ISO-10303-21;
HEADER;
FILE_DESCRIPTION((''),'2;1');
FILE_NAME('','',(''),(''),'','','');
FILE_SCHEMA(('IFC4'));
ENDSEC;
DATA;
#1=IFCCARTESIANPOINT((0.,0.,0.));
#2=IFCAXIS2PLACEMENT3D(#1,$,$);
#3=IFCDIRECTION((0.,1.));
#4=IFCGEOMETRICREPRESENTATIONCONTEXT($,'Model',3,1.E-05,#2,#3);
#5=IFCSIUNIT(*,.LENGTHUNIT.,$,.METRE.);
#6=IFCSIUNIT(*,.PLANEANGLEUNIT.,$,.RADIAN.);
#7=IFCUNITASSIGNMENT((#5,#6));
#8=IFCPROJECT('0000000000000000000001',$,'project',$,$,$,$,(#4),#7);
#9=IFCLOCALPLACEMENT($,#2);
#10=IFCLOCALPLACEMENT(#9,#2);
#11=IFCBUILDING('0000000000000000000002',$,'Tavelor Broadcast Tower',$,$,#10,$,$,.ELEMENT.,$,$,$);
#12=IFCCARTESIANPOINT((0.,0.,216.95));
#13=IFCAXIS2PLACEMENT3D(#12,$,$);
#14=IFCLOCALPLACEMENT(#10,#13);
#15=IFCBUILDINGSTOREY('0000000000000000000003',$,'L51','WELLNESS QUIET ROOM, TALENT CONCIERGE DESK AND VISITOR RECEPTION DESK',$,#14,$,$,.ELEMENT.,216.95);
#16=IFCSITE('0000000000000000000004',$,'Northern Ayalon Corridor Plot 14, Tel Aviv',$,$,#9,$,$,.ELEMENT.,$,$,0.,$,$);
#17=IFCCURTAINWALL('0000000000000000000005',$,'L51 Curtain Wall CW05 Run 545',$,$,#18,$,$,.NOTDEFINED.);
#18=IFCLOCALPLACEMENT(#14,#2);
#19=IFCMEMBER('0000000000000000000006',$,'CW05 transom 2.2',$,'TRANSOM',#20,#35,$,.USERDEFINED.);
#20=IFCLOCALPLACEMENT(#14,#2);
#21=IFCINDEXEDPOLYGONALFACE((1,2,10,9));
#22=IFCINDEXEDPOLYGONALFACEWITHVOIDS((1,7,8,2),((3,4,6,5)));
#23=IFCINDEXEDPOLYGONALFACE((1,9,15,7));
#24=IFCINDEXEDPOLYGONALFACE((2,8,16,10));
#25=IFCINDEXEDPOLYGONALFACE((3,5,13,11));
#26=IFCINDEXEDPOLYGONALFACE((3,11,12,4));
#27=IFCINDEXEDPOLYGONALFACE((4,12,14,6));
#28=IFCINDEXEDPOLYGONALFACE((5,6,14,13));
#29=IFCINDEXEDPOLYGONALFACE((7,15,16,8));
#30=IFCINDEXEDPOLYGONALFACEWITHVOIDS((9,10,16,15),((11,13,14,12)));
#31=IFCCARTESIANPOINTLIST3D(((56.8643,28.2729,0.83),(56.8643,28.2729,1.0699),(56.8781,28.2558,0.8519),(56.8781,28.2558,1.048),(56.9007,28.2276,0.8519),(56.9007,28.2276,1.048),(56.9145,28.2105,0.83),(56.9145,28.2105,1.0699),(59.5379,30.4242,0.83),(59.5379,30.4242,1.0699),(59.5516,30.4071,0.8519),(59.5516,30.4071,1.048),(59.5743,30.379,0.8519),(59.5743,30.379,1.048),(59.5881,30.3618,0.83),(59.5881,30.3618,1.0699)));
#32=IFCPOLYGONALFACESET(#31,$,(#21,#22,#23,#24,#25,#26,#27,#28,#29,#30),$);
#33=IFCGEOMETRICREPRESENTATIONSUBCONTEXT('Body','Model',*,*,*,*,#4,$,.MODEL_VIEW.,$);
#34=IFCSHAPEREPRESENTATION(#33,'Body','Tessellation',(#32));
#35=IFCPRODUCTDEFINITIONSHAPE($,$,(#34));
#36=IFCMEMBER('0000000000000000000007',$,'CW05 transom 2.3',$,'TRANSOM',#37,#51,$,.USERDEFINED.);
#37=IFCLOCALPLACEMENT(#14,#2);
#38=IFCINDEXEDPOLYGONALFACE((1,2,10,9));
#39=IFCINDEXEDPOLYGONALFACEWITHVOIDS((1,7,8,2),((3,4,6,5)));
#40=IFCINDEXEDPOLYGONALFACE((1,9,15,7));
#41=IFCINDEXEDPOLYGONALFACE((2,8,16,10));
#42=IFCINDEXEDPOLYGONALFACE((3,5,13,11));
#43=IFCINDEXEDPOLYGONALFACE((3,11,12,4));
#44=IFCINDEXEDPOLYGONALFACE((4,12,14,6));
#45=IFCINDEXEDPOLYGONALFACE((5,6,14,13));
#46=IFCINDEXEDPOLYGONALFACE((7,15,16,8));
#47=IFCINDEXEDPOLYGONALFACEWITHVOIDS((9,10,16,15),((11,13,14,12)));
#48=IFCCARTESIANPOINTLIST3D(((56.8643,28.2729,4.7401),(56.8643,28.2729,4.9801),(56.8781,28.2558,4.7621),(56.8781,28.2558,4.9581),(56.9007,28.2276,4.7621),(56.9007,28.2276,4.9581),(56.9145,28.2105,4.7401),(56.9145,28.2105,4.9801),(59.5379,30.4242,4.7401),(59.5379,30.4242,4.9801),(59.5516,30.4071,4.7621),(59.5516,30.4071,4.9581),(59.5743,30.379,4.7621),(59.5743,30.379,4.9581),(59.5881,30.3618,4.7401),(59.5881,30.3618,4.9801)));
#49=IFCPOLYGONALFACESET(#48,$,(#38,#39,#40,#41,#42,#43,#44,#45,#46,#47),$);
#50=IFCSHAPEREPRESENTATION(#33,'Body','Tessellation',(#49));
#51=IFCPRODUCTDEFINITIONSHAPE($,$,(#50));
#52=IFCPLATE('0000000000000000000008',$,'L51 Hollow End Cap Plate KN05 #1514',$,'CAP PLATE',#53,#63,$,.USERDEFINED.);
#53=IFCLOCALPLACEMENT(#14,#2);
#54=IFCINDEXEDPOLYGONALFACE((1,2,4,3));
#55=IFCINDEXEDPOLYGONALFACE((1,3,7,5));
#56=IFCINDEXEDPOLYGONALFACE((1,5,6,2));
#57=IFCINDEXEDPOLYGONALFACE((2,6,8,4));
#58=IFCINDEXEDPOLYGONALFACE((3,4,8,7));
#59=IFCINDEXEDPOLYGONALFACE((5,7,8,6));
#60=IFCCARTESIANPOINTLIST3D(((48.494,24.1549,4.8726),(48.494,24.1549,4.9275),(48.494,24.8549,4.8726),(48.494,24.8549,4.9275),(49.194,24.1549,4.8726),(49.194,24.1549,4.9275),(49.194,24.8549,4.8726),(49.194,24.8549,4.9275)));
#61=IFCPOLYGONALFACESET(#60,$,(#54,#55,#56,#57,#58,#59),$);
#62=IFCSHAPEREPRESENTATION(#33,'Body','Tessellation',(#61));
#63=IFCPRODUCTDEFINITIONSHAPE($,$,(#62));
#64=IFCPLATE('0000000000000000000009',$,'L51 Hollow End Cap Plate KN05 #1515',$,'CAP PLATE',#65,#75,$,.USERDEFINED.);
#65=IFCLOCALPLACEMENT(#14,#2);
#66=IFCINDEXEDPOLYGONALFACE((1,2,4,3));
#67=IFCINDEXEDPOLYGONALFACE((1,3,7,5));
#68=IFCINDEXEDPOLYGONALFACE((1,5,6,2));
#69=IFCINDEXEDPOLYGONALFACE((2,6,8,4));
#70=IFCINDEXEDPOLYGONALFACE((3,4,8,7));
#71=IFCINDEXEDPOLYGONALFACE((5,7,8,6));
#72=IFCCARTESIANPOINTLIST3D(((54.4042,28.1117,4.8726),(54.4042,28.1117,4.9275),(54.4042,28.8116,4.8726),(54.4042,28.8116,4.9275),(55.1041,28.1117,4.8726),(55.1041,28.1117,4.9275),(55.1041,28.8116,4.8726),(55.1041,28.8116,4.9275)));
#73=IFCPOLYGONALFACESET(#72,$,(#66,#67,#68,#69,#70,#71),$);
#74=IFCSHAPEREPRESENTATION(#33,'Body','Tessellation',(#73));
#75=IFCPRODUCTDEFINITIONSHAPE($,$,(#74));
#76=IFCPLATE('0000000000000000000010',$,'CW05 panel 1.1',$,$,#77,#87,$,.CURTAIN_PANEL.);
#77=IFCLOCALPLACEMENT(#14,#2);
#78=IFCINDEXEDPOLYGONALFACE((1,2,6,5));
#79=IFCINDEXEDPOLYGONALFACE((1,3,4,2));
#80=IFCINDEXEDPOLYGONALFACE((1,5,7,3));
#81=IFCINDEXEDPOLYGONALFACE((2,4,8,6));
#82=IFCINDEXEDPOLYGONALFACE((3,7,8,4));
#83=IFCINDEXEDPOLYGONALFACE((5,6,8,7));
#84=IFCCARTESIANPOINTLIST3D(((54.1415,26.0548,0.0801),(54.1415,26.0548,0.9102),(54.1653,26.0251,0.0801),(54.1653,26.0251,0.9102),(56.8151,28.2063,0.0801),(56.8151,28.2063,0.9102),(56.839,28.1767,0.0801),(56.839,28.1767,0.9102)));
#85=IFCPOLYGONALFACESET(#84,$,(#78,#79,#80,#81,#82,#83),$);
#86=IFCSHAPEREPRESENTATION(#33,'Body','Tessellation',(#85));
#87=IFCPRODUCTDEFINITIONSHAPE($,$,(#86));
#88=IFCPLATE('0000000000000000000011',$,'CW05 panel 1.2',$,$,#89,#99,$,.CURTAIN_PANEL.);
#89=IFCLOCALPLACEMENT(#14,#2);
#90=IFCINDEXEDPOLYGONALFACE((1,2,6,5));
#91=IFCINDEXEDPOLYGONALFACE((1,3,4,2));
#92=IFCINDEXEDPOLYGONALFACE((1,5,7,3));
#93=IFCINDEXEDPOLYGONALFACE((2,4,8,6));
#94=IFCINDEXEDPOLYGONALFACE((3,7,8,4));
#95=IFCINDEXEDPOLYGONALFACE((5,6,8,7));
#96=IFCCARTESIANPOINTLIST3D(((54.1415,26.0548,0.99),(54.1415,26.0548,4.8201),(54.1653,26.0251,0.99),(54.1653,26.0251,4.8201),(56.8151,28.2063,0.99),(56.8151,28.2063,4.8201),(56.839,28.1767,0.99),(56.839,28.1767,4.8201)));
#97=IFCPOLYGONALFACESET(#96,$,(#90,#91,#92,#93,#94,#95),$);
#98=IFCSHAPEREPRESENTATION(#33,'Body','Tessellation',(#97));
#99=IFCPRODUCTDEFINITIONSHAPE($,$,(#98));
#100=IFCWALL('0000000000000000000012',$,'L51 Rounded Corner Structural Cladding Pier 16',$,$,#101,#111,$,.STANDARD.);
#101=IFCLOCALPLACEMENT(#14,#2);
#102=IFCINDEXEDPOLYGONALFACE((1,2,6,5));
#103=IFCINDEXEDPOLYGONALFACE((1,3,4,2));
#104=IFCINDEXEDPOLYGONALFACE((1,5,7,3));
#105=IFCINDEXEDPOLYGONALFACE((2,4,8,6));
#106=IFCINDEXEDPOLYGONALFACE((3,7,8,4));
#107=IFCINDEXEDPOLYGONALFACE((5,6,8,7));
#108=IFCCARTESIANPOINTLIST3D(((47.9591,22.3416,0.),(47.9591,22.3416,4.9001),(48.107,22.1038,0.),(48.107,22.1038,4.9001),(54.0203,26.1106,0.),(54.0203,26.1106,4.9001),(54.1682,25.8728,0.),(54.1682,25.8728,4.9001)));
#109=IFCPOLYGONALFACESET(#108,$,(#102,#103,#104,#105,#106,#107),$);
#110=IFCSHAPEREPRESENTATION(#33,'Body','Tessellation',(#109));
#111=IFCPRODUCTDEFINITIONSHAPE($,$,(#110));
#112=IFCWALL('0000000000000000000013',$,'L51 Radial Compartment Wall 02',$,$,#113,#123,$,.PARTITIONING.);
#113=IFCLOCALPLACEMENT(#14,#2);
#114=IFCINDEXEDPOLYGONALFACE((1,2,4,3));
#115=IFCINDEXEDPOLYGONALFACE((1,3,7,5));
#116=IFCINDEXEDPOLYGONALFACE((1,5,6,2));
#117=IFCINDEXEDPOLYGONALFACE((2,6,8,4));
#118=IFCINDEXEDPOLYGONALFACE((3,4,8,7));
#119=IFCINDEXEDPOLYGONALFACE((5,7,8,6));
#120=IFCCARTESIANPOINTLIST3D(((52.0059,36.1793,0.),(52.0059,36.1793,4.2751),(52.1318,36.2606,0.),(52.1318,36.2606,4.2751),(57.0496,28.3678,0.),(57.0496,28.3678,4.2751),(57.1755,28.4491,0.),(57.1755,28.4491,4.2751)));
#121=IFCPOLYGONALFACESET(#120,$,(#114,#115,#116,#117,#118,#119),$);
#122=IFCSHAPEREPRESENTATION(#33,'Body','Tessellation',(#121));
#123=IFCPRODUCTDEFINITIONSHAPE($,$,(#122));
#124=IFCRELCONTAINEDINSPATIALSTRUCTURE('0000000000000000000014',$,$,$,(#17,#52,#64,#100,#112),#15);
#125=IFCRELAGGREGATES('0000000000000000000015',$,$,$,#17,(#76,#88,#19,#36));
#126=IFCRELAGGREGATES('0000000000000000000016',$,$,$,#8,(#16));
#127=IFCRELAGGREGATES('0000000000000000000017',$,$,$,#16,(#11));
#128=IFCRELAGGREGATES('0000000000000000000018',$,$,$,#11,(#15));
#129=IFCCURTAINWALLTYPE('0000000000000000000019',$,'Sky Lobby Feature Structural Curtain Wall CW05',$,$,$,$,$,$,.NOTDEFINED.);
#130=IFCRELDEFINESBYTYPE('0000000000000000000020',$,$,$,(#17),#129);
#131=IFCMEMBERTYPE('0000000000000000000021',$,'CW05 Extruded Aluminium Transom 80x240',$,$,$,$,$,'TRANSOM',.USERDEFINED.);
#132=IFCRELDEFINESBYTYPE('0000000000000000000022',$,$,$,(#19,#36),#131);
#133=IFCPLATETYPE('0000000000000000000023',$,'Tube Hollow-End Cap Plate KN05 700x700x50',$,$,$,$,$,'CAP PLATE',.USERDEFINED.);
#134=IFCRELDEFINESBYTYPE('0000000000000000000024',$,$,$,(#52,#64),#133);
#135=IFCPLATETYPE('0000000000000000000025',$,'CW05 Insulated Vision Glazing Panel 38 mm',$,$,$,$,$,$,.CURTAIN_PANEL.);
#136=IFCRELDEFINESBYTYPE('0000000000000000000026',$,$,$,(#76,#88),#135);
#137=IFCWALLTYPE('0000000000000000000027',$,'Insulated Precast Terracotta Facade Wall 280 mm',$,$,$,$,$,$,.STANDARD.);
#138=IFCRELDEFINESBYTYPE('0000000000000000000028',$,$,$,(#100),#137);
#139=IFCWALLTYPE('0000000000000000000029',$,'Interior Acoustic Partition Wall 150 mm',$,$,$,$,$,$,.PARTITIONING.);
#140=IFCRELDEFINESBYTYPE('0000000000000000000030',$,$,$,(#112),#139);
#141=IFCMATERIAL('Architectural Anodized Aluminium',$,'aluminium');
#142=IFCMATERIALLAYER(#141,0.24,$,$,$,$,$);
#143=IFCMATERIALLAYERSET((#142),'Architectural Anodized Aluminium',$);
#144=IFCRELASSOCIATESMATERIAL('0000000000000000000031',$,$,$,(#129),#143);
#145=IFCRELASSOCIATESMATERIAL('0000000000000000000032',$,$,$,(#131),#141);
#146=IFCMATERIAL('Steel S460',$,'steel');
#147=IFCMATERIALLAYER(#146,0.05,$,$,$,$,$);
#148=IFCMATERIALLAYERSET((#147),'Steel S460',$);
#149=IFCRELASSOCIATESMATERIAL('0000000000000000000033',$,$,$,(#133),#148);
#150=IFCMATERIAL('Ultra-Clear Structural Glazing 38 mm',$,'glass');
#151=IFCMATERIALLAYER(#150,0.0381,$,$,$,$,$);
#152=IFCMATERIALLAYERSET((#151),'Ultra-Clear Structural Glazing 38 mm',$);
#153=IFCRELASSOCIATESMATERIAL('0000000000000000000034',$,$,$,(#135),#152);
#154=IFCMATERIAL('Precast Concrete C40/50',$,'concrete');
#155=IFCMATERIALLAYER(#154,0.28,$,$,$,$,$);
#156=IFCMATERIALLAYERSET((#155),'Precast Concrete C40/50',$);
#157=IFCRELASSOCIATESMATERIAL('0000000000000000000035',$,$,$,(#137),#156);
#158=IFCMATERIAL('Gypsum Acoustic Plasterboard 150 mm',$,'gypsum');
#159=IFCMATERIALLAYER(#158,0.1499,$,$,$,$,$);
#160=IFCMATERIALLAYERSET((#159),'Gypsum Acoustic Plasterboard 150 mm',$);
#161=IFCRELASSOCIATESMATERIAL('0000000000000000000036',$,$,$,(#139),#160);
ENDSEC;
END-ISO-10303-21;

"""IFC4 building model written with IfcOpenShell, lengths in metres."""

from ifc_helpers import new_model, si_unit, direction, frame, frame_2d, origin, origin_2d, place, context, subcontext, project, spatial, rectangle, hollow_rectangle, extrude, source, transform, mapped, material, layer, layer_set, material_profile, profile_set, type_object, type_shapes, element, aggregate, save


model = new_model("IFC4")

# Units and contexts
model_context = context("Model", 3, precision=1e-05, world=origin(), true_north=direction((0.0, 1.0)))
body_context = subcontext(model_context, "Body", "Model", "MODEL_VIEW")
ifc_project = project(units=[si_unit("LENGTHUNIT", "METRE"), si_unit("PLANEANGLEUNIT", "RADIAN")], contexts=[model_context])

# Site, building, storey
site_placement = place(None, origin())
site = spatial("IfcSite", under=ifc_project, at=site_placement, Name="Northern Ayalon Corridor Plot 14, Tel Aviv", CompositionType="ELEMENT", RefElevation=0.0)
building_placement = place(site_placement, origin())
building = spatial("IfcBuilding", under=site, at=building_placement, Name="Tavelor Broadcast Tower", CompositionType="ELEMENT")
storey_placement = place(building_placement, frame((0.0, 0.0, 216.95)))
storey = spatial("IfcBuildingStorey", under=building, at=storey_placement, Name="L51", Description="WELLNESS QUIET ROOM, TALENT CONCIERGE DESK AND VISITOR RECEPTION DESK", CompositionType="ELEMENT", Elevation=216.95)

# Shared definitions
ifc_material_1 = material(Name="Steel S460", Category="steel")

# Curtain wall, members
ifc_material_2 = material(Name="Architectural Anodized Aluminium", Category="aluminium")
ifc_layer_1 = layer(ifc_material_2, 0.24)
ifc_layer_set_1 = layer_set([ifc_layer_1], Name="Architectural Anodized Aluminium")
curtain_wall_type = type_object("IfcCurtainWallType", Name="Sky Lobby Feature Structural Curtain Wall CW05", PredefinedType="NOTDEFINED", material=ifc_layer_set_1)
curtain_wall_placement = place(storey_placement, origin())
curtain_wall = element("IfcCurtainWall", 1, at=curtain_wall_placement, inside=storey, type_object=curtain_wall_type, Name="L51 Curtain Wall CW05 Run 545", PredefinedType="NOTDEFINED")
ifc_material_profile_1 = material_profile(ifc_material_2, hollow_rectangle(XDim=0.0801, YDim=0.24, WallThickness=0.022, at=origin_2d()), Name="RHS 80x240x22")
ifc_profile_set_1 = profile_set([ifc_material_profile_1], Name="Architectural Anodized Aluminium")
member_type_1 = type_object("IfcMemberType", Name="CW05 Extruded Aluminium Transom 80x240", ElementType="TRANSOM", PredefinedType="USERDEFINED", material=ifc_profile_set_1)
shared_shape_1 = source(origin(), body_context, "Body", "SweptSolid", [
    extrude(hollow_rectangle(XDim=0.0801, YDim=0.24, WallThickness=0.022, at=origin_2d()), origin(), (0.0, 0.0, 1.0), 3.4316),
])
member_1_placement = place(storey_placement, frame((56.8894, 28.2417, 0.95), z_axis=(0.779089, 0.626914, 0.0), x_axis=(-0.626914, 0.779089, 0.0)))
member_1 = element("IfcMember", 2, at=member_1_placement, type_object=member_type_1, Name="CW05 transom 2.2", ObjectType="TRANSOM", PredefinedType="USERDEFINED", context=body_context, shape_type="MappedRepresentation", body=[
    mapped(shared_shape_1, transform((0.0, 0.0, 0.0), scale=1.0)),
])
member_2_placement = place(storey_placement, frame((56.8894, 28.2417, 4.8601), z_axis=(0.779089, 0.626914, 0.0), x_axis=(-0.626914, 0.779089, 0.0)))
member_2 = element("IfcMember", 3, at=member_2_placement, type_object=member_type_1, Name="CW05 transom 2.3", ObjectType="TRANSOM", PredefinedType="USERDEFINED", context=body_context, shape_type="MappedRepresentation", body=[
    mapped(shared_shape_1, transform((0.0, 0.0, 0.0), scale=1.0)),
])

# Plates
ifc_layer_2 = layer(ifc_material_1, 0.05)
ifc_layer_set_2 = layer_set([ifc_layer_2], Name="Steel S460")
plate_type_1 = type_object("IfcPlateType", Name="Tube Hollow-End Cap Plate KN05 700x700x50", ElementType="CAP PLATE", PredefinedType="USERDEFINED", material=ifc_layer_set_2)
shared_shape_2 = source(origin(), body_context, "Body", "SweptSolid", [
    extrude(rectangle(XDim=0.7, YDim=0.7, at=origin_2d()), origin(), (0.0, 0.0, 1.0), 0.0549),
])
type_shapes(plate_type_1, [shared_shape_2])
for number, where, z_axis, x_axis, name in (
    (4, (48.844, 24.5049, 4.8726), (0.0, 0.0, 1.0), (1.0, 0.0, 0.0), "L51 Hollow End Cap Plate KN05 #1514"),
    (5, (54.7542, 28.4617, 4.8726), (0.0, 0.0, 1.0), (1.0, 0.0, 0.0), "L51 Hollow End Cap Plate KN05 #1515"),
):
    element("IfcPlate", number, at=place(storey_placement, frame(where, z_axis=z_axis, x_axis=x_axis)), inside=storey, type_object=plate_type_1, Name=name, ObjectType="CAP PLATE", PredefinedType="USERDEFINED", context=body_context, shape_type="MappedRepresentation", body=[
        mapped(shared_shape_2, transform((0.0, 0.0, 0.0), scale=1.0)),
    ])

# Plates
ifc_material_3 = material(Name="Ultra-Clear Structural Glazing 38 mm", Category="glass")
ifc_layer_3 = layer(ifc_material_3, 0.0381)
ifc_layer_set_3 = layer_set([ifc_layer_3], Name="Ultra-Clear Structural Glazing 38 mm")
plate_type_2 = type_object("IfcPlateType", Name="CW05 Insulated Vision Glazing Panel 38 mm", PredefinedType="CURTAIN_PANEL", material=ifc_layer_set_3)
shared_shape_3 = source(origin(), body_context, "Body", "SweptSolid", [
    extrude(rectangle(XDim=3.4319, YDim=0.0381, at=origin_2d()), origin(), (0.0, 0.0, 1.0), 0.8301),
])
plate_1_placement = place(storey_placement, frame((55.4902, 27.1157, 0.0801), z_axis=(0.0, 0.0, 1.0), x_axis=(0.779069, 0.626938, 0.0)))
plate_1 = element("IfcPlate", 6, at=plate_1_placement, type_object=plate_type_2, Name="CW05 panel 1.1", PredefinedType="CURTAIN_PANEL", context=body_context, shape_type="MappedRepresentation", body=[
    mapped(shared_shape_3, transform((0.0, 0.0, 0.0), scale=1.0)),
])
shared_shape_4 = source(origin(), body_context, "Body", "SweptSolid", [
    extrude(rectangle(XDim=3.4319, YDim=0.0381, at=origin_2d()), origin(), (0.0, 0.0, 1.0), 3.8301),
])
type_shapes(plate_type_2, [shared_shape_3, shared_shape_4])
plate_2_placement = place(storey_placement, frame((55.4902, 27.1157, 0.99), z_axis=(0.0, 0.0, 1.0), x_axis=(0.779069, 0.626938, 0.0)))
plate_2 = element("IfcPlate", 7, at=plate_2_placement, type_object=plate_type_2, Name="CW05 panel 1.2", PredefinedType="CURTAIN_PANEL", context=body_context, shape_type="MappedRepresentation", body=[
    mapped(shared_shape_4, transform((0.0, 0.0, 0.0), scale=1.0)),
])
aggregate(curtain_wall, [plate_1, plate_2, member_1, member_2])

# Walls
ifc_material_4 = material(Name="Precast Concrete C40/50", Category="concrete")
ifc_layer_4 = layer(ifc_material_4, 0.28)
ifc_layer_set_4 = layer_set([ifc_layer_4], Name="Precast Concrete C40/50")
wall_type_1 = type_object("IfcWallType", Name="Insulated Precast Terracotta Facade Wall 280 mm", PredefinedType="STANDARD", material=ifc_layer_set_4)
wall_1_placement = place(storey_placement, frame((48.033, 22.2227, 0.0), z_axis=(0.0, 0.0, 1.0), x_axis=(0.849209, 0.528057, 0.0)))
element("IfcWall", 8, at=wall_1_placement, inside=storey, type_object=wall_type_1, Name="L51 Rounded Corner Structural Cladding Pier 16", PredefinedType="STANDARD", context=body_context, shape_type="SweptSolid", body=[
    extrude(rectangle(XDim=7.1375, YDim=0.28, at=frame_2d((3.5688, 0.0))), origin(), (0.0, 0.0, 1.0), 4.9001),
])
ifc_material_5 = material(Name="Gypsum Acoustic Plasterboard 150 mm", Category="gypsum")
ifc_layer_5 = layer(ifc_material_5, 0.1499)
ifc_layer_set_5 = layer_set([ifc_layer_5], Name="Gypsum Acoustic Plasterboard 150 mm")
wall_type_2 = type_object("IfcWallType", Name="Interior Acoustic Partition Wall 150 mm", PredefinedType="PARTITIONING", material=ifc_layer_set_5)
wall_2_placement = place(storey_placement, frame((52.0688, 36.22, 0.0), z_axis=(0.0, 0.0, 1.0), x_axis=(0.542431, -0.8401, 0.0)))
element("IfcWall", 9, at=wall_2_placement, inside=storey, type_object=wall_type_2, Name="L51 Radial Compartment Wall 02", PredefinedType="PARTITIONING", context=body_context, shape_type="SweptSolid", body=[
    extrude(rectangle(XDim=9.2983, YDim=0.1499, at=frame_2d((4.6492, 0.0))), origin(), (0.0, 0.0, 1.0), 4.2751),
])

save(model, "model.ifc")
